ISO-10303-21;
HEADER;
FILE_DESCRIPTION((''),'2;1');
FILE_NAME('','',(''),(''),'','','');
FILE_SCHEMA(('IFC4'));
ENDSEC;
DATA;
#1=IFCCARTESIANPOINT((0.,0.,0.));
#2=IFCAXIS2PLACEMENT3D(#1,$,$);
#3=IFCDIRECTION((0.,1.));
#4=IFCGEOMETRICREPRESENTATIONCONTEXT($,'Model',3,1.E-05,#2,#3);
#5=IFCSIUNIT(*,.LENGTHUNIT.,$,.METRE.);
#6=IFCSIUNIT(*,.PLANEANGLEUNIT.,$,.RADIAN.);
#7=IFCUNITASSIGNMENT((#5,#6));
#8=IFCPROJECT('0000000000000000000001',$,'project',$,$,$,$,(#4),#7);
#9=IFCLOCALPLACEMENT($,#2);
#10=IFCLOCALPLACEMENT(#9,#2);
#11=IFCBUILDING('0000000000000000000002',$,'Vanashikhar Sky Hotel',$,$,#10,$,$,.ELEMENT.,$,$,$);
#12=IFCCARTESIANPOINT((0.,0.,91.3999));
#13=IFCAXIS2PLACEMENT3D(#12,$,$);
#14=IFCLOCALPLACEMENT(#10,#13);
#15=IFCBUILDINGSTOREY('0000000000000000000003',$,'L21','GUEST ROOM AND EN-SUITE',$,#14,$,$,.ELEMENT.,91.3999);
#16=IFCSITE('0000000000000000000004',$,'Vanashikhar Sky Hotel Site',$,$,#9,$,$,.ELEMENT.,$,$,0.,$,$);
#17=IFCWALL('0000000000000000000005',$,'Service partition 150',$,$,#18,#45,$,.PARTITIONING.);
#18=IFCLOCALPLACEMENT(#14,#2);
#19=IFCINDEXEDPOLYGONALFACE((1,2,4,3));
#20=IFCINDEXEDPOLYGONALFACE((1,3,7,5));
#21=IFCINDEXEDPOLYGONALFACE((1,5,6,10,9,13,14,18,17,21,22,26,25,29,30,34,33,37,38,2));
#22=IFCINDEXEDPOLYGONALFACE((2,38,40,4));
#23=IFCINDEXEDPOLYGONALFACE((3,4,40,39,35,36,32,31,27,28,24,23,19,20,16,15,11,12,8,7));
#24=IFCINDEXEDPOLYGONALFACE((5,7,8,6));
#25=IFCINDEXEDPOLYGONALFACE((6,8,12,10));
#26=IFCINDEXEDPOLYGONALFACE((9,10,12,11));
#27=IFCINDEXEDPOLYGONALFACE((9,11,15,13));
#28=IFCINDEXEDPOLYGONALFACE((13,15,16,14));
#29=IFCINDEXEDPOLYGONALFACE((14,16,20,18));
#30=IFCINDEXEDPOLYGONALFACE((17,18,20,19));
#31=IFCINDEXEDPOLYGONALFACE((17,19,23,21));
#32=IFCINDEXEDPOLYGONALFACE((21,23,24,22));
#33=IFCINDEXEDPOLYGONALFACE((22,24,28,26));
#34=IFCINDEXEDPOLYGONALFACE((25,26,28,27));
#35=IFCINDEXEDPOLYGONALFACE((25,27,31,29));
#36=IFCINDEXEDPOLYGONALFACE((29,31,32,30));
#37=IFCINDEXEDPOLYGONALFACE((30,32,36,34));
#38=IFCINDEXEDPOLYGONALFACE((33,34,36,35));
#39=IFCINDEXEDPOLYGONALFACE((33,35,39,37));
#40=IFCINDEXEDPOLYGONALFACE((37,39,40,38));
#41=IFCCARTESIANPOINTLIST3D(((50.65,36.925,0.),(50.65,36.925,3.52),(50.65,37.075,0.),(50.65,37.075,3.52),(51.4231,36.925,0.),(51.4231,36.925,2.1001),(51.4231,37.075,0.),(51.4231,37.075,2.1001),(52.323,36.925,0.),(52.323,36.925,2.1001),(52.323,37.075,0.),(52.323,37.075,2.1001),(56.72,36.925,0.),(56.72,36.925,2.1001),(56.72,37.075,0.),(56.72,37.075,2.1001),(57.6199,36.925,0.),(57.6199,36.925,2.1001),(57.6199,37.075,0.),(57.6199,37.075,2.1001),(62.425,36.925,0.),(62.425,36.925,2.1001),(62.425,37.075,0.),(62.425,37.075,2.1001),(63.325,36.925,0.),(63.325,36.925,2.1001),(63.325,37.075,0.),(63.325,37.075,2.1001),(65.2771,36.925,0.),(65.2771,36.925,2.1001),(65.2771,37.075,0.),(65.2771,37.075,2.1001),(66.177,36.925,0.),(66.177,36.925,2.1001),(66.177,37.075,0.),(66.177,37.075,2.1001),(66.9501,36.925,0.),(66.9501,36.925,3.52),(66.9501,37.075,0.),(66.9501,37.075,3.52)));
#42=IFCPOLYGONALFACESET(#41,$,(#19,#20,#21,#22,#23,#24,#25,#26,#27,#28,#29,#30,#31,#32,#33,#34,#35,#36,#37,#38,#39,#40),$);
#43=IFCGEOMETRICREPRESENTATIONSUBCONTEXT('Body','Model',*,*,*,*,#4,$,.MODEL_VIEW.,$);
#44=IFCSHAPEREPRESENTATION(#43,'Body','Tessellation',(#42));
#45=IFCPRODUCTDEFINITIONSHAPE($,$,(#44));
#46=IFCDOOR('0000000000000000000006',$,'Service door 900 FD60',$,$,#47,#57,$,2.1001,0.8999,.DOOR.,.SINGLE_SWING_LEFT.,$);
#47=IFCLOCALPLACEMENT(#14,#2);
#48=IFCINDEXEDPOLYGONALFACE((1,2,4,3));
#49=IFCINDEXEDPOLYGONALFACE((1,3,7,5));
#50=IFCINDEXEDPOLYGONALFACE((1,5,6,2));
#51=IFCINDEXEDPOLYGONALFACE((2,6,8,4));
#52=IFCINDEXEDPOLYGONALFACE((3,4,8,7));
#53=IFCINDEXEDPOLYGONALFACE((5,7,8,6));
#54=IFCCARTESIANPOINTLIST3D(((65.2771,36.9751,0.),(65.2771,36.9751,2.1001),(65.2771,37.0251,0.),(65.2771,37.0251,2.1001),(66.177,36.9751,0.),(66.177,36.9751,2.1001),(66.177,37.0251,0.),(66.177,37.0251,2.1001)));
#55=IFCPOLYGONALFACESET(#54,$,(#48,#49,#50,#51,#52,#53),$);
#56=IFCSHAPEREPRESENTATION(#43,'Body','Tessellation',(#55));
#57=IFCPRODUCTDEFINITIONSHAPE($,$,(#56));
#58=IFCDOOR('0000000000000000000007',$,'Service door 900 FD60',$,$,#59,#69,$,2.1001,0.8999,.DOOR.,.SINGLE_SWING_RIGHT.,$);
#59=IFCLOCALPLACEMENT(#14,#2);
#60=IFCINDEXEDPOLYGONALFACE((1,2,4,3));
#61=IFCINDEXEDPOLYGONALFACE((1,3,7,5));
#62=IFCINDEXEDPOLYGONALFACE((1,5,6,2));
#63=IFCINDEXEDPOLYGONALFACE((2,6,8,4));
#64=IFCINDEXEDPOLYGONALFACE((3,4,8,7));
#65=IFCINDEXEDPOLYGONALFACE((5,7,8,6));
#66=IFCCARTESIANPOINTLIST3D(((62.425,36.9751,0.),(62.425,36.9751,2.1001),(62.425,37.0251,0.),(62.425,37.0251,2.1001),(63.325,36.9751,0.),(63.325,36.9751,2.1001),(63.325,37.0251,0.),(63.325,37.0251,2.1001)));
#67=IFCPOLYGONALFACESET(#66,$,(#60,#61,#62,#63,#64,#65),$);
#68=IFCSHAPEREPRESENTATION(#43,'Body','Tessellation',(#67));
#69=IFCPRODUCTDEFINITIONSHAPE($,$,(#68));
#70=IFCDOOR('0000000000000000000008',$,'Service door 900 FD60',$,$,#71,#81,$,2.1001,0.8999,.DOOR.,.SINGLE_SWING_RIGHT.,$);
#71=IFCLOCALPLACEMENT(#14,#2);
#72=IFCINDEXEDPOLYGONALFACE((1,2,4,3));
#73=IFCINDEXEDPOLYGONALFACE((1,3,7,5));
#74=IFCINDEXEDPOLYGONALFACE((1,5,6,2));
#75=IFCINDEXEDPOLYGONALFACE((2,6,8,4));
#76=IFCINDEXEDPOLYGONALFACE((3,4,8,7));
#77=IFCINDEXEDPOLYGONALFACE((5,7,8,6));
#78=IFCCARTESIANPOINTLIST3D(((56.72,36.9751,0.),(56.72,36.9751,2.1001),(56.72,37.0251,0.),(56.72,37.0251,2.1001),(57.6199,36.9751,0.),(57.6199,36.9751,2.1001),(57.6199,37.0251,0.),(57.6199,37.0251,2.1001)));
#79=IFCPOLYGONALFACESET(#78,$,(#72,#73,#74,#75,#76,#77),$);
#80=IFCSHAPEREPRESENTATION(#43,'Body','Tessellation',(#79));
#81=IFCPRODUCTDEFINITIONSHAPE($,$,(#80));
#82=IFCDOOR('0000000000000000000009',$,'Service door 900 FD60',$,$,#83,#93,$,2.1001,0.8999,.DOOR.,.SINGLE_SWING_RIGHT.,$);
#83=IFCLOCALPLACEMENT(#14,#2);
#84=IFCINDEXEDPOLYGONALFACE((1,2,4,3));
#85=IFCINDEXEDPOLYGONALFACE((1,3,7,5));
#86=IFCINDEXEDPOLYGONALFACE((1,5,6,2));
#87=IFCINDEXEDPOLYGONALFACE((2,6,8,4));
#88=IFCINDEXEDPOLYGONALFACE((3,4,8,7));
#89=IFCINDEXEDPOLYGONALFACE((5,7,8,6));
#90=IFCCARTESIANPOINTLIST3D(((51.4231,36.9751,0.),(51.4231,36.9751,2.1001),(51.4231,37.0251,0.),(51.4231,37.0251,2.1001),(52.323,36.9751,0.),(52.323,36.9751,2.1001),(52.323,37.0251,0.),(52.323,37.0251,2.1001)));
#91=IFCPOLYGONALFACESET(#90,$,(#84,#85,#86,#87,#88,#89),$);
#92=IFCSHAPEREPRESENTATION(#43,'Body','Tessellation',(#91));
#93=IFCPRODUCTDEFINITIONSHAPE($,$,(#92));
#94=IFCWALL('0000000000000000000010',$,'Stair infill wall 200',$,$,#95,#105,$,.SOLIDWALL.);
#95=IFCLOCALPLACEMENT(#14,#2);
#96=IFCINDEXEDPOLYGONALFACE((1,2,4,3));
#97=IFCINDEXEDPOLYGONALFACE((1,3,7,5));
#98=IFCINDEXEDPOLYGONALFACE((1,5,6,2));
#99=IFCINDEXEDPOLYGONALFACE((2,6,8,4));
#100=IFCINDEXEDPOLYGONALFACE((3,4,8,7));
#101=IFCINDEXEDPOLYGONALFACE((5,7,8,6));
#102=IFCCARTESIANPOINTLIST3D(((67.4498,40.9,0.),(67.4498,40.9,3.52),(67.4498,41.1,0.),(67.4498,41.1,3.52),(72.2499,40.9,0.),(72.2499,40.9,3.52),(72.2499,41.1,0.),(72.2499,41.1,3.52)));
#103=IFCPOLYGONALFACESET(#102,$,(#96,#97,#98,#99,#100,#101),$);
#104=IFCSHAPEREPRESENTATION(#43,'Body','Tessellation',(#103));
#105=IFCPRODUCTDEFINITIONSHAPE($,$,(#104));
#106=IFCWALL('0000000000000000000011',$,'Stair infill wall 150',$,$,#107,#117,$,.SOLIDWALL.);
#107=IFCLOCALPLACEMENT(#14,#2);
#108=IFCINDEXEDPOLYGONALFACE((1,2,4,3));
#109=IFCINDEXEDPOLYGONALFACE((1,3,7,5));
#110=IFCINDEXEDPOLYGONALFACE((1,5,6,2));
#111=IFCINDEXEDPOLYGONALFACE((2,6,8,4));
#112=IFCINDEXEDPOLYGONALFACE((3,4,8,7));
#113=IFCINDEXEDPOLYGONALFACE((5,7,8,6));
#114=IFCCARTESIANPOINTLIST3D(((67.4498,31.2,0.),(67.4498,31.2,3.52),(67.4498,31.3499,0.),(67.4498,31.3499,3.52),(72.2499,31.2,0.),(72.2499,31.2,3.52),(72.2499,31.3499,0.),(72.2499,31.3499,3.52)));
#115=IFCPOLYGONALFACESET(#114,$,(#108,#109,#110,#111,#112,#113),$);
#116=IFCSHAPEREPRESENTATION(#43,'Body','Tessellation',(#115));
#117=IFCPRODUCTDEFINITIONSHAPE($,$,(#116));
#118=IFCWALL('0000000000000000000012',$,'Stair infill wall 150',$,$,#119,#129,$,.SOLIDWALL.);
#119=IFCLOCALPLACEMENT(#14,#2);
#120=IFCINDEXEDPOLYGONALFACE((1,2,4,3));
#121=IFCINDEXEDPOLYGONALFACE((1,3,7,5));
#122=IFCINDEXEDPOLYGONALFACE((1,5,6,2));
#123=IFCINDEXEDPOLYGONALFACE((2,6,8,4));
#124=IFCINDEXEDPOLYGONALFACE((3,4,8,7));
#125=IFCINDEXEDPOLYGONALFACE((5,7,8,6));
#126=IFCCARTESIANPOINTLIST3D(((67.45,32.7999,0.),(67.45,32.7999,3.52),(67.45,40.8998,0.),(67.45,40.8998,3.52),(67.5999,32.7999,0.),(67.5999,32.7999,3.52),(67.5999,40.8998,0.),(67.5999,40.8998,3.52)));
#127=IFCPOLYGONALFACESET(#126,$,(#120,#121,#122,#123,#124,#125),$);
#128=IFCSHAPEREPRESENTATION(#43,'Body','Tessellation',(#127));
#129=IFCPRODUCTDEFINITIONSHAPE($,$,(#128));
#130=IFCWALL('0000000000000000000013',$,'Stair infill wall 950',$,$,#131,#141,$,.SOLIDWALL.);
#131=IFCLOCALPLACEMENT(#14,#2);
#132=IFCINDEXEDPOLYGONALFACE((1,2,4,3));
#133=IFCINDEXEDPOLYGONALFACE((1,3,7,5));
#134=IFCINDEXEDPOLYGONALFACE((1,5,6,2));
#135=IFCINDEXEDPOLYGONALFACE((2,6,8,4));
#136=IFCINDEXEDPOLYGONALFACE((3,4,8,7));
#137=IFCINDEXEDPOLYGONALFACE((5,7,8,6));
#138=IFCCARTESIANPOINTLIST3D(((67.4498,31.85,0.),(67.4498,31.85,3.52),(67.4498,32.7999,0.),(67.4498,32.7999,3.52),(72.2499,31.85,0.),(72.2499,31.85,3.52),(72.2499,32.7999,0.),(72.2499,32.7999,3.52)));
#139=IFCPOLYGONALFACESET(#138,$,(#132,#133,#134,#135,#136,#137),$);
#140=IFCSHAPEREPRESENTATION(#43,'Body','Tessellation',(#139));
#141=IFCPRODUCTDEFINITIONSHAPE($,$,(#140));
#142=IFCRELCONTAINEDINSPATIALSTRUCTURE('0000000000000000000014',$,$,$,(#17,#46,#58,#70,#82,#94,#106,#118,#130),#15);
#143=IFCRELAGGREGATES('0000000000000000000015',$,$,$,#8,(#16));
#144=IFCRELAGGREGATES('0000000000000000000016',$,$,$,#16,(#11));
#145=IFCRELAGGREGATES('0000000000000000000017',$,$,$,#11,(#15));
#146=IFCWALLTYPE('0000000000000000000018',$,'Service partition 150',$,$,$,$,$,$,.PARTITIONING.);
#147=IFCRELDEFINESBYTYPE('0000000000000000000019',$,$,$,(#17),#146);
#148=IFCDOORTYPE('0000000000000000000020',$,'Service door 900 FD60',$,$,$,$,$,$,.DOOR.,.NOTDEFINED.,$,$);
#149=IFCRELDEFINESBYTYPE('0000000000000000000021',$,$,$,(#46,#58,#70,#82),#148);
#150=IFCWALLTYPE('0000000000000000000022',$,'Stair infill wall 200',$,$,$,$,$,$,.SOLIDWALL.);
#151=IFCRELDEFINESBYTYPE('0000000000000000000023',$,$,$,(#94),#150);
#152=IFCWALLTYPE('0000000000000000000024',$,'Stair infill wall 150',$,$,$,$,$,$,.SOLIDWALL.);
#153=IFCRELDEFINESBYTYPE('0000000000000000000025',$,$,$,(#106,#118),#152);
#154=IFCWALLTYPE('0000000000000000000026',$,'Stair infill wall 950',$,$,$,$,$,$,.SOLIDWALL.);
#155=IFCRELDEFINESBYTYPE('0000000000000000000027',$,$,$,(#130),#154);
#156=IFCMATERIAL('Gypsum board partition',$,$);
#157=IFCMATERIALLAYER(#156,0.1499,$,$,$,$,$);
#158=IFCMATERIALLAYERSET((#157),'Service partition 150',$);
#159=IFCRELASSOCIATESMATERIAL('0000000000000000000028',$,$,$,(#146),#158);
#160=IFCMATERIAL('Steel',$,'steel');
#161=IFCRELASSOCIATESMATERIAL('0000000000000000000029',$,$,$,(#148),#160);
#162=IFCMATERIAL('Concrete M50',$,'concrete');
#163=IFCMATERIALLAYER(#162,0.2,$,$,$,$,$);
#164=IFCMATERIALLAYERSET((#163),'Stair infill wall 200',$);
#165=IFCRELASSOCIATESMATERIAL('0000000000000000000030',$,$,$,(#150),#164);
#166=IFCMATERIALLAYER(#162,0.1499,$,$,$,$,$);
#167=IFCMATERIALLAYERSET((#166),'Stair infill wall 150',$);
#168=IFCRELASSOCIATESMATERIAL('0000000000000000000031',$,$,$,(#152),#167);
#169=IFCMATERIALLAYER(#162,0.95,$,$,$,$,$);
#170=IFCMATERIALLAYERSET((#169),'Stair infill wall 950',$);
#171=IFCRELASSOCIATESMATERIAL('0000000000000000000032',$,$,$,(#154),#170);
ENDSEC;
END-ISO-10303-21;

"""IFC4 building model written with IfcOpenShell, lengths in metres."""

from ifc_helpers import new_model, si_unit, direction, frame, frame_2d, origin, place, context, subcontext, project, spatial, rectangle, extrude, source, transform, mapped, material, layer, layer_set, type_object, element, fill, save


model = new_model("IFC4")

# Units and contexts
model_context = context("Model", 3, precision=1e-05, world=origin(), true_north=direction((0.0, 1.0)))
body_context = subcontext(model_context, "Body", "Model", "MODEL_VIEW")
ifc_project = project(units=[si_unit("LENGTHUNIT", "METRE"), si_unit("PLANEANGLEUNIT", "RADIAN")], contexts=[model_context])

# Site, building, storey
site_placement = place(None, origin())
site = spatial("IfcSite", under=ifc_project, at=site_placement, Name="Vanashikhar Sky Hotel Site", CompositionType="ELEMENT", RefElevation=0.0)
building_placement = place(site_placement, origin())
building = spatial("IfcBuilding", under=site, at=building_placement, Name="Vanashikhar Sky Hotel", CompositionType="ELEMENT")
storey_placement = place(building_placement, frame((0.0, 0.0, 91.3999)))
storey = spatial("IfcBuildingStorey", under=building, at=storey_placement, Name="L21", Description="GUEST ROOM AND EN-SUITE", CompositionType="ELEMENT", Elevation=91.3999)

# Shared definitions
ifc_material_1 = material(Name="Gypsum board partition")
ifc_layer_1 = layer(ifc_material_1, 0.1499)
ifc_layer_set_1 = layer_set([ifc_layer_1], Name="Service partition 150")
wall_type_1 = type_object("IfcWallType", Name="Service partition 150", PredefinedType="PARTITIONING", material=ifc_layer_set_1)
shared_shape_1 = source(origin(), body_context, "Body", "SweptSolid", [
    extrude(rectangle(XDim=0.8999, YDim=2.1001, at=frame_2d((0.45, 1.05))), frame((0.0, 0.085, 0.0), z_axis=(0.0, -1.0, 0.0), x_axis=(1.0, 0.0, 0.0)), (0.0, 0.0, 1.0), 0.1699),
])
ifc_material_2 = material(Name="Steel", Category="steel")
door_type_1 = type_object("IfcDoorType", Name="Service door 900 FD60", OperationType="NOTDEFINED", PredefinedType="DOOR", material=ifc_material_2)
shared_shape_2 = source(origin(), body_context, "Body", "SweptSolid", [
    extrude(rectangle(XDim=0.8999, YDim=2.1001, at=frame_2d((0.45, 1.05))), frame((0.0, 0.0249, 0.0), z_axis=(0.0, -1.0, 0.0), x_axis=(1.0, 0.0, 0.0)), (0.0, 0.0, 1.0), 0.05),
])

# Wall, openings, doors
shared_shape_3 = source(origin(), body_context, "Body", "SweptSolid", [
    extrude(rectangle(XDim=16.3, YDim=0.1499, at=frame_2d((8.1499, 0.0))), origin(), (0.0, 0.0, 1.0), 3.52),
])
wall_1_placement = place(storey_placement, frame((66.95, 37.0, 0.0), z_axis=(0.0, 0.0, 1.0), x_axis=(-1.0, 0.0, 0.0)))
wall_1 = element("IfcWall", 1, at=wall_1_placement, inside=storey, type_object=wall_type_1, Name="Service partition 150", PredefinedType="PARTITIONING", context=body_context, shape_type="MappedRepresentation", body=[
    mapped(shared_shape_3, transform((0.0, 0.0, 0.0), scale=1.0)),
])
opening_1_placement = place(wall_1_placement, frame((0.7729, 0.0, 0.0)))
opening_1 = element("IfcOpeningElement", 2, at=opening_1_placement, cuts=wall_1, PredefinedType="OPENING", context=body_context, shape_type="MappedRepresentation", body=[
    mapped(shared_shape_1, transform((0.0, 0.0, 0.0), scale=1.0)),
])
opening_2_placement = place(wall_1_placement, frame((3.625, 0.0, 0.0)))
opening_2 = element("IfcOpeningElement", 3, at=opening_2_placement, cuts=wall_1, PredefinedType="OPENING", context=body_context, shape_type="MappedRepresentation", body=[
    mapped(shared_shape_1, transform((0.0, 0.0, 0.0), scale=1.0)),
])
opening_3_placement = place(wall_1_placement, frame((9.3301, 0.0, 0.0)))
opening_3 = element("IfcOpeningElement", 4, at=opening_3_placement, cuts=wall_1, PredefinedType="OPENING", context=body_context, shape_type="MappedRepresentation", body=[
    mapped(shared_shape_1, transform((0.0, 0.0, 0.0), scale=1.0)),
])
opening_4_placement = place(wall_1_placement, frame((14.627, 0.0, 0.0)))
opening_4 = element("IfcOpeningElement", 5, at=opening_4_placement, cuts=wall_1, PredefinedType="OPENING", context=body_context, shape_type="MappedRepresentation", body=[
    mapped(shared_shape_1, transform((0.0, 0.0, 0.0), scale=1.0)),
])
door_1_placement = place(opening_1_placement, origin())
door_1 = element("IfcDoor", 6, at=door_1_placement, inside=storey, type_object=door_type_1, Name="Service door 900 FD60", OperationType="SINGLE_SWING_LEFT", OverallHeight=2.1001, OverallWidth=0.8999, PredefinedType="DOOR", context=body_context, shape_type="MappedRepresentation", body=[
    mapped(shared_shape_2, transform((0.0, 0.0, 0.0), scale=1.0)),
])
fill(opening_1, door_1)
door_2_placement = place(opening_2_placement, origin())
door_2 = element("IfcDoor", 7, at=door_2_placement, inside=storey, type_object=door_type_1, Name="Service door 900 FD60", OperationType="SINGLE_SWING_RIGHT", OverallHeight=2.1001, OverallWidth=0.8999, PredefinedType="DOOR", context=body_context, shape_type="MappedRepresentation", body=[
    mapped(shared_shape_2, transform((0.0, 0.0, 0.0), scale=1.0)),
])
fill(opening_2, door_2)
door_3_placement = place(opening_3_placement, origin())
door_3 = element("IfcDoor", 8, at=door_3_placement, inside=storey, type_object=door_type_1, Name="Service door 900 FD60", OperationType="SINGLE_SWING_RIGHT", OverallHeight=2.1001, OverallWidth=0.8999, PredefinedType="DOOR", context=body_context, shape_type="MappedRepresentation", body=[
    mapped(shared_shape_2, transform((0.0, 0.0, 0.0), scale=1.0)),
])
fill(opening_3, door_3)
door_4_placement = place(opening_4_placement, origin())
door_4 = element("IfcDoor", 9, at=door_4_placement, inside=storey, type_object=door_type_1, Name="Service door 900 FD60", OperationType="SINGLE_SWING_RIGHT", OverallHeight=2.1001, OverallWidth=0.8999, PredefinedType="DOOR", context=body_context, shape_type="MappedRepresentation", body=[
    mapped(shared_shape_2, transform((0.0, 0.0, 0.0), scale=1.0)),
])
fill(opening_4, door_4)

# Walls
ifc_material_3 = material(Name="Concrete M50", Category="concrete")
ifc_layer_2 = layer(ifc_material_3, 0.2)
ifc_layer_set_2 = layer_set([ifc_layer_2], Name="Stair infill wall 200")
wall_type_2 = type_object("IfcWallType", Name="Stair infill wall 200", PredefinedType="SOLIDWALL", material=ifc_layer_set_2)
shared_shape_4 = source(origin(), body_context, "Body", "SweptSolid", [
    extrude(rectangle(XDim=4.8, YDim=0.2, at=frame_2d((2.3999, 0.0))), origin(), (0.0, 0.0, 1.0), 3.52),
])
wall_2_placement = place(storey_placement, frame((67.45, 41.0, 0.0), z_axis=(0.0, 0.0, 1.0), x_axis=(1.0, 0.0, 0.0)))
element("IfcWall", 10, at=wall_2_placement, inside=storey, type_object=wall_type_2, Name="Stair infill wall 200", PredefinedType="SOLIDWALL", context=body_context, shape_type="MappedRepresentation", body=[
    mapped(shared_shape_4, transform((0.0, 0.0, 0.0), scale=1.0)),
])
ifc_layer_3 = layer(ifc_material_3, 0.1499)
ifc_layer_set_3 = layer_set([ifc_layer_3], Name="Stair infill wall 150")
wall_type_3 = type_object("IfcWallType", Name="Stair infill wall 150", PredefinedType="SOLIDWALL", material=ifc_layer_set_3)
shared_shape_5 = source(origin(), body_context, "Body", "SweptSolid", [
    extrude(rectangle(XDim=4.8, YDim=0.1499, at=frame_2d((2.3999, 0.0))), origin(), (0.0, 0.0, 1.0), 3.52),
])
wall_3_placement = place(storey_placement, frame((67.45, 31.2749, 0.0), z_axis=(0.0, 0.0, 1.0), x_axis=(1.0, 0.0, 0.0)))
element("IfcWall", 11, at=wall_3_placement, inside=storey, type_object=wall_type_3, Name="Stair infill wall 150", PredefinedType="SOLIDWALL", context=body_context, shape_type="MappedRepresentation", body=[
    mapped(shared_shape_5, transform((0.0, 0.0, 0.0), scale=1.0)),
])
shared_shape_6 = source(origin(), body_context, "Body", "SweptSolid", [
    extrude(rectangle(XDim=8.0999, YDim=0.1499, at=frame_2d((4.0498, 0.0))), origin(), (0.0, 0.0, 1.0), 3.52),
])
wall_4_placement = place(storey_placement, frame((67.5249, 32.8, 0.0), z_axis=(0.0, 0.0, 1.0), x_axis=(0.0, 1.0, 0.0)))
element("IfcWall", 12, at=wall_4_placement, inside=storey, type_object=wall_type_3, Name="Stair infill wall 150", PredefinedType="SOLIDWALL", context=body_context, shape_type="MappedRepresentation", body=[
    mapped(shared_shape_6, transform((0.0, 0.0, 0.0), scale=1.0)),
])
ifc_layer_4 = layer(ifc_material_3, 0.95)
ifc_layer_set_4 = layer_set([ifc_layer_4], Name="Stair infill wall 950")
wall_type_4 = type_object("IfcWallType", Name="Stair infill wall 950", PredefinedType="SOLIDWALL", material=ifc_layer_set_4)
shared_shape_7 = source(origin(), body_context, "Body", "SweptSolid", [
    extrude(rectangle(XDim=4.8, YDim=0.95, at=frame_2d((2.3999, 0.0))), origin(), (0.0, 0.0, 1.0), 3.52),
])
wall_5_placement = place(storey_placement, frame((67.45, 32.325, 0.0), z_axis=(0.0, 0.0, 1.0), x_axis=(1.0, 0.0, 0.0)))
element("IfcWall", 13, at=wall_5_placement, inside=storey, type_object=wall_type_4, Name="Stair infill wall 950", PredefinedType="SOLIDWALL", context=body_context, shape_type="MappedRepresentation", body=[
    mapped(shared_shape_7, transform((0.0, 0.0, 0.0), scale=1.0)),
])

save(model, "model.ifc")
